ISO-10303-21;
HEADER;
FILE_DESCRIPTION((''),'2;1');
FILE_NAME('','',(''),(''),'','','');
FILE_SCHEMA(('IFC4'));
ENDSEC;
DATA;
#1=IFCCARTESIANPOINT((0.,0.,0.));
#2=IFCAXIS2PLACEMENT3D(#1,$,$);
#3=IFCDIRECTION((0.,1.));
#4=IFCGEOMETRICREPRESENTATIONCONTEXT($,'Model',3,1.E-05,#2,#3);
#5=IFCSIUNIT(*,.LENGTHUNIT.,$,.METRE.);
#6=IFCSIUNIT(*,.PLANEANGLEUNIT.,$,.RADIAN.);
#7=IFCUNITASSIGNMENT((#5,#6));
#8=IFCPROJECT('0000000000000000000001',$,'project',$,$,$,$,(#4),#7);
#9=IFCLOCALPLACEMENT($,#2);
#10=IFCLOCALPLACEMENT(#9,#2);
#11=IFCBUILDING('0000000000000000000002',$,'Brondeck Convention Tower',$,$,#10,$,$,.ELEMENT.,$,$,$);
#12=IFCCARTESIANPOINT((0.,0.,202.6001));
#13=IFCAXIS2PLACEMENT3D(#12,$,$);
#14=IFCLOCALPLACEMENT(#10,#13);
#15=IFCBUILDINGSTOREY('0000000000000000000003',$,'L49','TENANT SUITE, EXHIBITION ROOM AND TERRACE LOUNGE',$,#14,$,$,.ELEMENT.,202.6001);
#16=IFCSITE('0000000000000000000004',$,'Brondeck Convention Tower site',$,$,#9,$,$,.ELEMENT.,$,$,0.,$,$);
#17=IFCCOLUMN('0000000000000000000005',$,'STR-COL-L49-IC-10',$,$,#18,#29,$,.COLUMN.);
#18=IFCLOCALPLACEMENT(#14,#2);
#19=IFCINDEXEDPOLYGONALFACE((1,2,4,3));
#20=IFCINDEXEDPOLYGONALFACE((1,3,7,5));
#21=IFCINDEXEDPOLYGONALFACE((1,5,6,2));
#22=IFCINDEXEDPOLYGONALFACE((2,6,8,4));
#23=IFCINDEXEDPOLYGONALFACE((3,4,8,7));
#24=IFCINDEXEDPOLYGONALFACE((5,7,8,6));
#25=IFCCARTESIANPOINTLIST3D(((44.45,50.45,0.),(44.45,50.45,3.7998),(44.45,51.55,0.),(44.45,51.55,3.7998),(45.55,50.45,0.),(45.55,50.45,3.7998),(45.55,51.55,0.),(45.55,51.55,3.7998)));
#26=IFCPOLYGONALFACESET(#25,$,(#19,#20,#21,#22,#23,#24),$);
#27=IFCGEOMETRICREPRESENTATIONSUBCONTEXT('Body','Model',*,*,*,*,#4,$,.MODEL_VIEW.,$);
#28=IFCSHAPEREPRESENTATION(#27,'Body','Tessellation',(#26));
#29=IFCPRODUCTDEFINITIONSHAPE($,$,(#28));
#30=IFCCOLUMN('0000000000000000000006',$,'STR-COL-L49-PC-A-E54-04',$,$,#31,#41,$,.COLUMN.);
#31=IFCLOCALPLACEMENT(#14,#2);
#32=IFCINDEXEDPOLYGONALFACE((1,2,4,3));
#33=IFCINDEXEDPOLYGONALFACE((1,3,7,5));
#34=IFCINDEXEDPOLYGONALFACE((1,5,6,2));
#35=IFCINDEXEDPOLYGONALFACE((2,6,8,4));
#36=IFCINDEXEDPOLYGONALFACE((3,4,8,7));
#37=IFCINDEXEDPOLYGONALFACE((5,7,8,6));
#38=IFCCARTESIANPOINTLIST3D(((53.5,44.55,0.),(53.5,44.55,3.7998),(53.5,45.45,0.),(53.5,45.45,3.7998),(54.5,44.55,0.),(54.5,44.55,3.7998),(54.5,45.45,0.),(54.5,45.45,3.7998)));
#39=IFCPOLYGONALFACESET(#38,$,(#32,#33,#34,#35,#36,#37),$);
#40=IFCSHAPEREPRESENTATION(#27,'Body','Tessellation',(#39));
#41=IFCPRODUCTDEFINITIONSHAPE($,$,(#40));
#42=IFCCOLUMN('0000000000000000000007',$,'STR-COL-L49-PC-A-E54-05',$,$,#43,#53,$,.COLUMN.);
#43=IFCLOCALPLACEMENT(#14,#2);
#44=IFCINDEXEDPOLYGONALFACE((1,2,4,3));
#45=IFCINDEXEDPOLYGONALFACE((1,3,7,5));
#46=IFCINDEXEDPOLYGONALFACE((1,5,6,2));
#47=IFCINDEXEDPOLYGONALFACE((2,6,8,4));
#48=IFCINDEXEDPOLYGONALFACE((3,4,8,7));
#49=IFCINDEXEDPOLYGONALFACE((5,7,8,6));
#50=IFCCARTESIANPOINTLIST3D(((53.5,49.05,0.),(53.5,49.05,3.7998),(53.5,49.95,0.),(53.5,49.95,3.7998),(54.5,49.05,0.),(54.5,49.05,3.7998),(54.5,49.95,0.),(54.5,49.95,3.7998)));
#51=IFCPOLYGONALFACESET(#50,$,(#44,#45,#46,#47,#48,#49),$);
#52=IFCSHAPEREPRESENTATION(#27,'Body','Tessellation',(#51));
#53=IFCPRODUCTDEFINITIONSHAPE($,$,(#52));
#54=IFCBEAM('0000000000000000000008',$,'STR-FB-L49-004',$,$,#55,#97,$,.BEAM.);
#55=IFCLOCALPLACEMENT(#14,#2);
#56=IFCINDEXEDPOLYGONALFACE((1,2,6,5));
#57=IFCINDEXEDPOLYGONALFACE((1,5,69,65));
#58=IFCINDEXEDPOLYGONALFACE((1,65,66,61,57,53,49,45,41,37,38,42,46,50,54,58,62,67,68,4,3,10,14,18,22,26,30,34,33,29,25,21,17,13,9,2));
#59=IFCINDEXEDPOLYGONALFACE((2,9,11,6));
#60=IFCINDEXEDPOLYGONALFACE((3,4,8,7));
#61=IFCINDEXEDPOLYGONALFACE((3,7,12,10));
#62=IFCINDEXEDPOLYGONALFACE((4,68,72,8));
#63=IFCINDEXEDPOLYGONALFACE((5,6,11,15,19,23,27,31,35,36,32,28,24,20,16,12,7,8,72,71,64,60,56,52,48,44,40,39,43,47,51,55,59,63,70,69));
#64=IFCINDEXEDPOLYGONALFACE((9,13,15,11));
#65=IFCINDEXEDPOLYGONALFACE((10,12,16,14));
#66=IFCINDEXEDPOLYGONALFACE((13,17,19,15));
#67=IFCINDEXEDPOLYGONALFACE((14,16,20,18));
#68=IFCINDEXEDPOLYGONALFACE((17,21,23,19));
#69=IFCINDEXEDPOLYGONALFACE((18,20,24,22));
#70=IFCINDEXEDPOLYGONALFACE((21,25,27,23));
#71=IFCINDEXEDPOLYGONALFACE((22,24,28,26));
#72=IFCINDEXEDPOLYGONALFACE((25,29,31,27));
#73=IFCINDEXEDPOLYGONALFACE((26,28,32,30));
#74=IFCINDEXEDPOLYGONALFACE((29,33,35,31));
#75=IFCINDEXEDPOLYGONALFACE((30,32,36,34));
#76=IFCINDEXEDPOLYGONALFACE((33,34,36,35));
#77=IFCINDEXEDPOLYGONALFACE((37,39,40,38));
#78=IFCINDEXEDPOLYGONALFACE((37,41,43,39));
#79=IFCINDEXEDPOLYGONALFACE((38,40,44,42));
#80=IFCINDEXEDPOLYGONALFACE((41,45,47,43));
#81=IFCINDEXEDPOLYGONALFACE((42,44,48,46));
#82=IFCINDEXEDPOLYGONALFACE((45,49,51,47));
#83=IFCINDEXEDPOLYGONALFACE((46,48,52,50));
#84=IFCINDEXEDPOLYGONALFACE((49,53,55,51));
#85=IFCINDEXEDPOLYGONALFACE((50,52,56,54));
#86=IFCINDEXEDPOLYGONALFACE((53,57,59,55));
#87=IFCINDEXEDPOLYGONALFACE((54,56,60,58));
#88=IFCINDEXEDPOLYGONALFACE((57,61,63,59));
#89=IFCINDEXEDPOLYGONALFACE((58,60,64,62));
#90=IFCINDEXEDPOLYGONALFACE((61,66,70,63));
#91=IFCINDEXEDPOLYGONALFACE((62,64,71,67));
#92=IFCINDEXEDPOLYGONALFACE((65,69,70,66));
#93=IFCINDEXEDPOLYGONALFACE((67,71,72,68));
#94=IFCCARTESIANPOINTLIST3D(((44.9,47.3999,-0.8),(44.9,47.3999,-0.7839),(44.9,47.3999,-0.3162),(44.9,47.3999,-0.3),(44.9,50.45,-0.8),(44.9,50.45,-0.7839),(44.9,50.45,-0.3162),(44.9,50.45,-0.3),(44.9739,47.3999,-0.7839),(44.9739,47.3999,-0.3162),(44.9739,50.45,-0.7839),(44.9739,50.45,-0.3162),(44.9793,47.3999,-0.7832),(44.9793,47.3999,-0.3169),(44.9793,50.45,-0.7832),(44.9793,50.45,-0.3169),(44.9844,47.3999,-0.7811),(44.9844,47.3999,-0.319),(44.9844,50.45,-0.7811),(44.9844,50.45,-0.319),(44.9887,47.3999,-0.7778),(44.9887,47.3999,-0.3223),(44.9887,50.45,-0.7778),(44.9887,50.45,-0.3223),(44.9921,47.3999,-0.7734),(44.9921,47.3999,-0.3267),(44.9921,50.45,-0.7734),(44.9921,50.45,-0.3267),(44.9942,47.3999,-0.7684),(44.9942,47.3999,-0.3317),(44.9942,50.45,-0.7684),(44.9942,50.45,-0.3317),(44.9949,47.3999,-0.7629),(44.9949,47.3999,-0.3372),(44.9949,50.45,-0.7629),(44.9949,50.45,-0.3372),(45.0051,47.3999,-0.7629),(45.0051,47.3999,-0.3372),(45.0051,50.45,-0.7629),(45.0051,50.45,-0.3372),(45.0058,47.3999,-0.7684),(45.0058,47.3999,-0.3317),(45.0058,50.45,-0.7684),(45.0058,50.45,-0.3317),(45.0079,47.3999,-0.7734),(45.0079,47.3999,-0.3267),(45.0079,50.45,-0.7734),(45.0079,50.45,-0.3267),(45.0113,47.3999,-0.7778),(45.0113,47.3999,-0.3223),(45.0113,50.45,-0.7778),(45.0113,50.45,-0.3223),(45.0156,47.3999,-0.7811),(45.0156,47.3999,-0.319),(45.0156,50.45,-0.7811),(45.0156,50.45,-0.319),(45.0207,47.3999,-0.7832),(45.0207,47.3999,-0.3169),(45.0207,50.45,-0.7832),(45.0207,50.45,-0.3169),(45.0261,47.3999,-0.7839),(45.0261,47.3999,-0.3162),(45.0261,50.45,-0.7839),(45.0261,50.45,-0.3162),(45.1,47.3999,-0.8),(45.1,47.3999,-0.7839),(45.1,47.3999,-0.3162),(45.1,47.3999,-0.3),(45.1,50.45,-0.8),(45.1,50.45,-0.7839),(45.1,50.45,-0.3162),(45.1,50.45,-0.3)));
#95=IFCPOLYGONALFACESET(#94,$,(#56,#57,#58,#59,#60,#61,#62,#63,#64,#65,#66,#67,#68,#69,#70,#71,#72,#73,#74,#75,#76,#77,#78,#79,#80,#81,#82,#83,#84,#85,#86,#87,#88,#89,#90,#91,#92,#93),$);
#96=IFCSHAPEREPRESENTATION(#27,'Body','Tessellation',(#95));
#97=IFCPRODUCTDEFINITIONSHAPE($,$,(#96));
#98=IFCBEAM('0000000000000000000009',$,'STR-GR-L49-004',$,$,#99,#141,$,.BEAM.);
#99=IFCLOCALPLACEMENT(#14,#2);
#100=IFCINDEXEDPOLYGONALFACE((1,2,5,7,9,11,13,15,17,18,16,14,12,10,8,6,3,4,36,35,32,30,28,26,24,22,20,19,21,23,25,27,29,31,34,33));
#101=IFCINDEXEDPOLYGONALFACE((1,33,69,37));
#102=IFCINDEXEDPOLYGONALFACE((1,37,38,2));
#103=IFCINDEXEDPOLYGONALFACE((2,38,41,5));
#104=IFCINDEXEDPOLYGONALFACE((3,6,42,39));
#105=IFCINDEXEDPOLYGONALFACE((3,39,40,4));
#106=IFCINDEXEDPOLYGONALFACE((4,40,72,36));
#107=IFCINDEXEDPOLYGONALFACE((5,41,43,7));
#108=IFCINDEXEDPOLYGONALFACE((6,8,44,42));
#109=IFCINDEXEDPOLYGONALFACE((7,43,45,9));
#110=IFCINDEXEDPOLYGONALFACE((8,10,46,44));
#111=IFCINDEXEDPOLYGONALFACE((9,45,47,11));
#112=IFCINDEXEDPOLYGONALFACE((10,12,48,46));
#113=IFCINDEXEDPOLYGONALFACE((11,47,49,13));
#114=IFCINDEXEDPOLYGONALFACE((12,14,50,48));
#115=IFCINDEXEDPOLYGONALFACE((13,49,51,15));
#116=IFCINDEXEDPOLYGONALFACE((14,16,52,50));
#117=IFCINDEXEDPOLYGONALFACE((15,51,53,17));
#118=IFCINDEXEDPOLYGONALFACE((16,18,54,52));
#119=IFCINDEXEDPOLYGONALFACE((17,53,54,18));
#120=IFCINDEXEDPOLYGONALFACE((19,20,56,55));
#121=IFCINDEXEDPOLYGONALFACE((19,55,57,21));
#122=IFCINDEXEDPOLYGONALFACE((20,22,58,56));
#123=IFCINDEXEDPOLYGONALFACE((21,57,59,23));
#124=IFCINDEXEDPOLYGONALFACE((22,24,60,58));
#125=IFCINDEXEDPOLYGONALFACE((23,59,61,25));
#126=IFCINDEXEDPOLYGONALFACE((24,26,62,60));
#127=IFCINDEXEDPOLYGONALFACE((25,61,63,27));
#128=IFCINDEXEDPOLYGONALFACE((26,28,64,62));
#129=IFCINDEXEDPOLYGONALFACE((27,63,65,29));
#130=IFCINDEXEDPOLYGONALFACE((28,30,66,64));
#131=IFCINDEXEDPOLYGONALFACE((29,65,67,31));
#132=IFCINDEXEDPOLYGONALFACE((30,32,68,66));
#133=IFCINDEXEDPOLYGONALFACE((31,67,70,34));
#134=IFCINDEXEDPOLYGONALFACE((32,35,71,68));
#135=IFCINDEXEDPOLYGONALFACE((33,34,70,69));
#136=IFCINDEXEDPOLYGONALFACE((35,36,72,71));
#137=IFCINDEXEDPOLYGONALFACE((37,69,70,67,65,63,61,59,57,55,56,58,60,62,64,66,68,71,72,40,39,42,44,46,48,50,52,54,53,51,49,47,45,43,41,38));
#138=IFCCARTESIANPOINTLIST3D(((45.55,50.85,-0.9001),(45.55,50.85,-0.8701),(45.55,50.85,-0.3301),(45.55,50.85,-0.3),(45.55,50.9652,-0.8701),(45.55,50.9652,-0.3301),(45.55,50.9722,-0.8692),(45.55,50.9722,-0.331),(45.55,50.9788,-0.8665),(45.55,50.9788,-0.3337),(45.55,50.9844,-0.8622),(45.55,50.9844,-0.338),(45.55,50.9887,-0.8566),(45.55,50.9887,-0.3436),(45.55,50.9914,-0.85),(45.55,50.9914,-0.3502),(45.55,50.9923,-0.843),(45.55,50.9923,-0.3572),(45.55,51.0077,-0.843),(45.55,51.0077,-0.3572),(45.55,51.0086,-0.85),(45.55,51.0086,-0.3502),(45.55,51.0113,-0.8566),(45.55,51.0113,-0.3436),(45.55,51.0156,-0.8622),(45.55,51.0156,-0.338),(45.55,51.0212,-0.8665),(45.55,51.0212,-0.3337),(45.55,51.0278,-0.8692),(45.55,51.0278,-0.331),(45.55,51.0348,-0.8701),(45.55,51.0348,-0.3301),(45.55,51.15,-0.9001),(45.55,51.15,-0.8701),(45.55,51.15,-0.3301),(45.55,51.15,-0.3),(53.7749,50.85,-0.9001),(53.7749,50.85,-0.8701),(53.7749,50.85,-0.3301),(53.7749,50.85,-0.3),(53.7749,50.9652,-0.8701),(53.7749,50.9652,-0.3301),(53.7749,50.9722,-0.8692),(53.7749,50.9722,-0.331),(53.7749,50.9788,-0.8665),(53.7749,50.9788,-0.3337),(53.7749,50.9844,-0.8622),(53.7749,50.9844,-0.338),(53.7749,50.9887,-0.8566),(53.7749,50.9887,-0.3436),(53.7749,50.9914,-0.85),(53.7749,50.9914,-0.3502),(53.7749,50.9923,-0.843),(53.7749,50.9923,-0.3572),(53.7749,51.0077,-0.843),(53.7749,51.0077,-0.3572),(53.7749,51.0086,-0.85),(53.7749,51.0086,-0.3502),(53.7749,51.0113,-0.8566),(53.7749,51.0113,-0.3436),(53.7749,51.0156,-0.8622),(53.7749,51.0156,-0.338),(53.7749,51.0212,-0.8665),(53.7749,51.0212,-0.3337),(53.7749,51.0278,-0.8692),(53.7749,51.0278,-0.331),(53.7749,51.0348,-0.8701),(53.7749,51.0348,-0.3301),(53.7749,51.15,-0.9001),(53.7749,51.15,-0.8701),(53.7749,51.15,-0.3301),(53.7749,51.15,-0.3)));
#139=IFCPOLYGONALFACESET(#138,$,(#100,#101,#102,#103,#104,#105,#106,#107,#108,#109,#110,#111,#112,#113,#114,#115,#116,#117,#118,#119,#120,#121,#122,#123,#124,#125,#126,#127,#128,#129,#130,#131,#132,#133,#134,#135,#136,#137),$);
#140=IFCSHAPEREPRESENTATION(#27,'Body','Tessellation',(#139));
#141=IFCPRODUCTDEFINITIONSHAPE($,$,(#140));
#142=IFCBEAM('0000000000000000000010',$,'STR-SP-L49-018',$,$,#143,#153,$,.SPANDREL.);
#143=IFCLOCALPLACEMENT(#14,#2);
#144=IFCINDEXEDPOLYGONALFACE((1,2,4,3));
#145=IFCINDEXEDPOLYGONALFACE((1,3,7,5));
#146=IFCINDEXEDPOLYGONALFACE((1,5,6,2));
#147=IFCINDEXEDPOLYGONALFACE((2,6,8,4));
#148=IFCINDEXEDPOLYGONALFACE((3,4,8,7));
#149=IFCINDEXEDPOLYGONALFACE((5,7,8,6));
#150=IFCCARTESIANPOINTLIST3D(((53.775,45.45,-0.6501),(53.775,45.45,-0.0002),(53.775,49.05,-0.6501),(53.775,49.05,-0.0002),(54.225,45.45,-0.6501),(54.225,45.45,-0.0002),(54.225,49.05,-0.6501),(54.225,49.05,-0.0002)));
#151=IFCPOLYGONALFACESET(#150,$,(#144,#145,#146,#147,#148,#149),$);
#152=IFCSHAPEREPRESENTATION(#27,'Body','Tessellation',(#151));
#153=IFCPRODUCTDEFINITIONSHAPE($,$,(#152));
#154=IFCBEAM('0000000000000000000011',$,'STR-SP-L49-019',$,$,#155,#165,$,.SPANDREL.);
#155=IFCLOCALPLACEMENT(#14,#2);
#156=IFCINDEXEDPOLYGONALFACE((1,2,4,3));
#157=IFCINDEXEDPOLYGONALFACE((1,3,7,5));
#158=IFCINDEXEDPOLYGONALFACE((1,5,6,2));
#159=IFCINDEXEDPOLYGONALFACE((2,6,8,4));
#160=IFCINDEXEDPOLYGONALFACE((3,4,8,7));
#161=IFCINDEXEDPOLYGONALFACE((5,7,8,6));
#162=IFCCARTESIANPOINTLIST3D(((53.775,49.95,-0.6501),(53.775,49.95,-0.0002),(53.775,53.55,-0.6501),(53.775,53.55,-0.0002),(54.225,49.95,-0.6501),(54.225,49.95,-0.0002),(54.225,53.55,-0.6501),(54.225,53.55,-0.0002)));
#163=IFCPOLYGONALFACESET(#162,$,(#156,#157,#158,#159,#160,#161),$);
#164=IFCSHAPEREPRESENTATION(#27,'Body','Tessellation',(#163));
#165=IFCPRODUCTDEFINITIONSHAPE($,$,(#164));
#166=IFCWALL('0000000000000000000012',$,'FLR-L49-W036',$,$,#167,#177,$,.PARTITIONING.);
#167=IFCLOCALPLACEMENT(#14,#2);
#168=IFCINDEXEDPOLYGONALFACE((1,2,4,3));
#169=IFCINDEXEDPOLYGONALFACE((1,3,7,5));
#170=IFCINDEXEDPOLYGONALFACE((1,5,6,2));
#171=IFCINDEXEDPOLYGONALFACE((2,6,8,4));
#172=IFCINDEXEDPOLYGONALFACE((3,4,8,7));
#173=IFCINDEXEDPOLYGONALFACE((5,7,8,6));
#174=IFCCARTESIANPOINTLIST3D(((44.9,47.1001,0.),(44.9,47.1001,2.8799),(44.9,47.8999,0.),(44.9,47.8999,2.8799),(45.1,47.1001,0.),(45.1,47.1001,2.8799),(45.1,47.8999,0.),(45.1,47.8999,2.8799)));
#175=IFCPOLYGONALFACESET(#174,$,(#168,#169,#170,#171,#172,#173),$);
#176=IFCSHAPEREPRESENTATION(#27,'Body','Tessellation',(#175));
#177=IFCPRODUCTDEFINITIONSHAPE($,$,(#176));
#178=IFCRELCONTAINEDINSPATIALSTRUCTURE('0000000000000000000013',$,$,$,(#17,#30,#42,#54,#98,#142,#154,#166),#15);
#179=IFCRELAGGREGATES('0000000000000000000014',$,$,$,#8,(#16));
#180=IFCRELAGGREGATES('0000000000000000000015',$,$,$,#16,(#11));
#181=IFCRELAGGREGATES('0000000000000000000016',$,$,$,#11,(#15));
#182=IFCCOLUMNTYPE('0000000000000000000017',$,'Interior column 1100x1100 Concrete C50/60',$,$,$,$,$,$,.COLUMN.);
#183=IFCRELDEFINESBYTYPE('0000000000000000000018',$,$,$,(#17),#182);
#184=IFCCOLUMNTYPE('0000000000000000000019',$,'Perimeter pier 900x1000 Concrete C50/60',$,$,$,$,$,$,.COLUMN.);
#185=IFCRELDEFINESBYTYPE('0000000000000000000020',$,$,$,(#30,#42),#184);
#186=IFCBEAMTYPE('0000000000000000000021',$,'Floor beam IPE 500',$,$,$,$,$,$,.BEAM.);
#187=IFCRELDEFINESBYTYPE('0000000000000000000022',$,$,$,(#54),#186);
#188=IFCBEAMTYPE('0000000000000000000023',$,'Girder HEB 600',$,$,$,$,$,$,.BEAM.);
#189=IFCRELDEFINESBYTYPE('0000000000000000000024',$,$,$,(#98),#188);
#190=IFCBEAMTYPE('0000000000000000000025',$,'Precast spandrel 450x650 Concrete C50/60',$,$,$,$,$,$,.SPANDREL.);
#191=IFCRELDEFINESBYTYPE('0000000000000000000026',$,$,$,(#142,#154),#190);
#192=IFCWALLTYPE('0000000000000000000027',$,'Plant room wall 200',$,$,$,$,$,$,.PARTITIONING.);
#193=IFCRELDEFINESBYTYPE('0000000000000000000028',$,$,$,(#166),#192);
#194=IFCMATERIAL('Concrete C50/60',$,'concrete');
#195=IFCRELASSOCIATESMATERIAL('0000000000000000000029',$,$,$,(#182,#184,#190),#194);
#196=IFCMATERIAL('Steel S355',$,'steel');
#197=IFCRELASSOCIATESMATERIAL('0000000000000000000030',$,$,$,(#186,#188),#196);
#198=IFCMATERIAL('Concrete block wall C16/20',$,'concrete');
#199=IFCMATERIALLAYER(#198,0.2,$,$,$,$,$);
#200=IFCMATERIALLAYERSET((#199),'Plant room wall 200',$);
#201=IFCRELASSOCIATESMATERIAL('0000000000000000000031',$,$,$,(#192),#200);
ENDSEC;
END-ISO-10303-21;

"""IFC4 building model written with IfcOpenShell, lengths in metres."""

from ifc_helpers import new_model, si_unit, direction, frame, frame_2d, origin, origin_2d, place, context, subcontext, project, spatial, rectangle, i_section, extrude, material, layer, layer_set, material_profile, profile_set, type_object, element, save


model = new_model("IFC4")

# Units and contexts
model_context = context("Model", 3, precision=1e-05, world=origin(), true_north=direction((0.0, 1.0)))
body_context = subcontext(model_context, "Body", "Model", "MODEL_VIEW")
ifc_project = project(units=[si_unit("LENGTHUNIT", "METRE"), si_unit("PLANEANGLEUNIT", "RADIAN")], contexts=[model_context])

# Site, building, storey
site_placement = place(None, origin())
site = spatial("IfcSite", under=ifc_project, at=site_placement, Name="Brondeck Convention Tower site", CompositionType="ELEMENT", RefElevation=0.0)
building_placement = place(site_placement, origin())
building = spatial("IfcBuilding", under=site, at=building_placement, Name="Brondeck Convention Tower", CompositionType="ELEMENT")
storey_placement = place(building_placement, frame((0.0, 0.0, 202.6001)))
storey = spatial("IfcBuildingStorey", under=building, at=storey_placement, Name="L49", Description="TENANT SUITE, EXHIBITION ROOM AND TERRACE LOUNGE", CompositionType="ELEMENT", Elevation=202.6001)

# Columns
ifc_material_1 = material(Name="Concrete C50/60", Category="concrete")
ifc_material_profile_1 = material_profile(ifc_material_1, rectangle(XDim=1.1001, YDim=1.1001, at=origin_2d()), Name="Interior column 1100x1100 Concrete C50/60")
ifc_profile_set_1 = profile_set([ifc_material_profile_1], Name="Concrete C50/60")
column_type_1 = type_object("IfcColumnType", Name="Interior column 1100x1100 Concrete C50/60", PredefinedType="COLUMN", material=ifc_profile_set_1)
column_placement = place(storey_placement, frame((45.0, 51.0, 0.0), z_axis=(0.0, 0.0, 1.0), x_axis=(1.0, 0.0, 0.0)))
element("IfcColumn", 1, at=column_placement, inside=storey, type_object=column_type_1, Name="STR-COL-L49-IC-10", PredefinedType="COLUMN", context=body_context, shape_type="SweptSolid", body=[
    extrude(rectangle(XDim=1.1001, YDim=1.1001, at=origin_2d()), origin(), (0.0, 0.0, 1.0), 3.7998),
])
ifc_material_profile_2 = material_profile(ifc_material_1, rectangle(XDim=0.8999, YDim=1.0, at=origin_2d()), Name="Perimeter pier 900x1000 Concrete C50/60")
ifc_profile_set_2 = profile_set([ifc_material_profile_2], Name="Concrete C50/60")
column_type_2 = type_object("IfcColumnType", Name="Perimeter pier 900x1000 Concrete C50/60", PredefinedType="COLUMN", material=ifc_profile_set_2)
for number, where, z_axis, x_axis, name in (
    (2, (54.0, 45.0, 0.0), (0.0, 0.0, 1.0), (0.0, 1.0, 0.0), "STR-COL-L49-PC-A-E54-04"),
    (3, (54.0, 49.5, 0.0), (0.0, 0.0, 1.0), (0.0, 1.0, 0.0), "STR-COL-L49-PC-A-E54-05"),
):
    element("IfcColumn", number, at=place(storey_placement, frame(where, z_axis=z_axis, x_axis=x_axis)), inside=storey, type_object=column_type_2, Name=name, PredefinedType="COLUMN", context=body_context, shape_type="SweptSolid", body=[
        extrude(rectangle(XDim=0.8999, YDim=1.0, at=origin_2d()), origin(), (0.0, 0.0, 1.0), 3.7998),
    ])

# Beams
ifc_material_2 = material(Name="Steel S355", Category="steel")
ifc_material_profile_3 = material_profile(ifc_material_2, i_section(OverallWidth=0.2, OverallDepth=0.5, WebThickness=0.0103, FlangeThickness=0.0161, FilletRadius=0.021, at=origin_2d()), Name="IPE 500")
ifc_profile_set_3 = profile_set([ifc_material_profile_3], Name="Steel S355")
beam_type_1 = type_object("IfcBeamType", Name="Floor beam IPE 500", PredefinedType="BEAM", material=ifc_profile_set_3)
beam_1_placement = place(storey_placement, frame((45.0, 47.3999, -0.55), z_axis=(0.0, 1.0, 0.0), x_axis=(-1.0, 0.0, 0.0)))
element("IfcBeam", 4, at=beam_1_placement, inside=storey, type_object=beam_type_1, Name="STR-FB-L49-004", PredefinedType="BEAM", context=body_context, shape_type="SweptSolid", body=[
    extrude(i_section(OverallWidth=0.2, OverallDepth=0.5, WebThickness=0.0103, FlangeThickness=0.0161, FilletRadius=0.021, at=origin_2d()), origin(), (0.0, 0.0, 1.0), 3.05),
])
ifc_material_profile_4 = material_profile(ifc_material_2, i_section(OverallWidth=0.3, OverallDepth=0.6001, WebThickness=0.0154, FlangeThickness=0.03, FilletRadius=0.0271, at=origin_2d()), Name="HEB 600")
ifc_profile_set_4 = profile_set([ifc_material_profile_4], Name="Steel S355")
beam_type_2 = type_object("IfcBeamType", Name="Girder HEB 600", PredefinedType="BEAM", material=ifc_profile_set_4)
beam_2_placement = place(storey_placement, frame((45.55, 51.0, -0.6001), z_axis=(1.0, 0.0, 0.0), x_axis=(0.0, 1.0, 0.0)))
element("IfcBeam", 5, at=beam_2_placement, inside=storey, type_object=beam_type_2, Name="STR-GR-L49-004", PredefinedType="BEAM", context=body_context, shape_type="SweptSolid", body=[
    extrude(i_section(OverallWidth=0.3, OverallDepth=0.6001, WebThickness=0.0154, FlangeThickness=0.03, FilletRadius=0.0271, at=origin_2d()), origin(), (0.0, 0.0, 1.0), 8.2249),
])
ifc_material_profile_5 = material_profile(ifc_material_1, rectangle(XDim=0.45, YDim=0.6499, at=origin_2d()), Name="Precast spandrel 450x650 Concrete C50/60")
ifc_profile_set_5 = profile_set([ifc_material_profile_5], Name="Concrete C50/60")
beam_type_3 = type_object("IfcBeamType", Name="Precast spandrel 450x650 Concrete C50/60", PredefinedType="SPANDREL", material=ifc_profile_set_5)
for number, where, z_axis, x_axis, name in (
    (6, (54.0, 45.45, -0.3252), (0.0, 1.0, 0.0), (-1.0, 0.0, 0.0), "STR-SP-L49-018"),
    (7, (54.0, 49.95, -0.3252), (0.0, 1.0, 0.0), (-1.0, 0.0, 0.0), "STR-SP-L49-019"),
):
    element("IfcBeam", number, at=place(storey_placement, frame(where, z_axis=z_axis, x_axis=x_axis)), inside=storey, type_object=beam_type_3, Name=name, PredefinedType="SPANDREL", context=body_context, shape_type="SweptSolid", body=[
        extrude(rectangle(XDim=0.45, YDim=0.6499, at=origin_2d()), origin(), (0.0, 0.0, 1.0), 3.6001),
    ])

# Wall
ifc_material_3 = material(Name="Concrete block wall C16/20", Category="concrete")
ifc_layer_1 = layer(ifc_material_3, 0.2)
ifc_layer_set_1 = layer_set([ifc_layer_1], Name="Plant room wall 200")
wall_type_1 = type_object("IfcWallType", Name="Plant room wall 200", PredefinedType="PARTITIONING", material=ifc_layer_set_1)
wall_1_placement = place(storey_placement, frame((45.0, 47.8999, 0.0), z_axis=(0.0, 0.0, 1.0), x_axis=(0.0, -1.0, 0.0)))
element("IfcWall", 8, at=wall_1_placement, inside=storey, type_object=wall_type_1, Name="FLR-L49-W036", PredefinedType="PARTITIONING", context=body_context, shape_type="SweptSolid", body=[
    extrude(rectangle(XDim=0.7998, YDim=0.2, at=frame_2d((0.3999, 0.0))), origin(), (0.0, 0.0, 1.0), 2.8799),
])

save(model, "model.ifc")
